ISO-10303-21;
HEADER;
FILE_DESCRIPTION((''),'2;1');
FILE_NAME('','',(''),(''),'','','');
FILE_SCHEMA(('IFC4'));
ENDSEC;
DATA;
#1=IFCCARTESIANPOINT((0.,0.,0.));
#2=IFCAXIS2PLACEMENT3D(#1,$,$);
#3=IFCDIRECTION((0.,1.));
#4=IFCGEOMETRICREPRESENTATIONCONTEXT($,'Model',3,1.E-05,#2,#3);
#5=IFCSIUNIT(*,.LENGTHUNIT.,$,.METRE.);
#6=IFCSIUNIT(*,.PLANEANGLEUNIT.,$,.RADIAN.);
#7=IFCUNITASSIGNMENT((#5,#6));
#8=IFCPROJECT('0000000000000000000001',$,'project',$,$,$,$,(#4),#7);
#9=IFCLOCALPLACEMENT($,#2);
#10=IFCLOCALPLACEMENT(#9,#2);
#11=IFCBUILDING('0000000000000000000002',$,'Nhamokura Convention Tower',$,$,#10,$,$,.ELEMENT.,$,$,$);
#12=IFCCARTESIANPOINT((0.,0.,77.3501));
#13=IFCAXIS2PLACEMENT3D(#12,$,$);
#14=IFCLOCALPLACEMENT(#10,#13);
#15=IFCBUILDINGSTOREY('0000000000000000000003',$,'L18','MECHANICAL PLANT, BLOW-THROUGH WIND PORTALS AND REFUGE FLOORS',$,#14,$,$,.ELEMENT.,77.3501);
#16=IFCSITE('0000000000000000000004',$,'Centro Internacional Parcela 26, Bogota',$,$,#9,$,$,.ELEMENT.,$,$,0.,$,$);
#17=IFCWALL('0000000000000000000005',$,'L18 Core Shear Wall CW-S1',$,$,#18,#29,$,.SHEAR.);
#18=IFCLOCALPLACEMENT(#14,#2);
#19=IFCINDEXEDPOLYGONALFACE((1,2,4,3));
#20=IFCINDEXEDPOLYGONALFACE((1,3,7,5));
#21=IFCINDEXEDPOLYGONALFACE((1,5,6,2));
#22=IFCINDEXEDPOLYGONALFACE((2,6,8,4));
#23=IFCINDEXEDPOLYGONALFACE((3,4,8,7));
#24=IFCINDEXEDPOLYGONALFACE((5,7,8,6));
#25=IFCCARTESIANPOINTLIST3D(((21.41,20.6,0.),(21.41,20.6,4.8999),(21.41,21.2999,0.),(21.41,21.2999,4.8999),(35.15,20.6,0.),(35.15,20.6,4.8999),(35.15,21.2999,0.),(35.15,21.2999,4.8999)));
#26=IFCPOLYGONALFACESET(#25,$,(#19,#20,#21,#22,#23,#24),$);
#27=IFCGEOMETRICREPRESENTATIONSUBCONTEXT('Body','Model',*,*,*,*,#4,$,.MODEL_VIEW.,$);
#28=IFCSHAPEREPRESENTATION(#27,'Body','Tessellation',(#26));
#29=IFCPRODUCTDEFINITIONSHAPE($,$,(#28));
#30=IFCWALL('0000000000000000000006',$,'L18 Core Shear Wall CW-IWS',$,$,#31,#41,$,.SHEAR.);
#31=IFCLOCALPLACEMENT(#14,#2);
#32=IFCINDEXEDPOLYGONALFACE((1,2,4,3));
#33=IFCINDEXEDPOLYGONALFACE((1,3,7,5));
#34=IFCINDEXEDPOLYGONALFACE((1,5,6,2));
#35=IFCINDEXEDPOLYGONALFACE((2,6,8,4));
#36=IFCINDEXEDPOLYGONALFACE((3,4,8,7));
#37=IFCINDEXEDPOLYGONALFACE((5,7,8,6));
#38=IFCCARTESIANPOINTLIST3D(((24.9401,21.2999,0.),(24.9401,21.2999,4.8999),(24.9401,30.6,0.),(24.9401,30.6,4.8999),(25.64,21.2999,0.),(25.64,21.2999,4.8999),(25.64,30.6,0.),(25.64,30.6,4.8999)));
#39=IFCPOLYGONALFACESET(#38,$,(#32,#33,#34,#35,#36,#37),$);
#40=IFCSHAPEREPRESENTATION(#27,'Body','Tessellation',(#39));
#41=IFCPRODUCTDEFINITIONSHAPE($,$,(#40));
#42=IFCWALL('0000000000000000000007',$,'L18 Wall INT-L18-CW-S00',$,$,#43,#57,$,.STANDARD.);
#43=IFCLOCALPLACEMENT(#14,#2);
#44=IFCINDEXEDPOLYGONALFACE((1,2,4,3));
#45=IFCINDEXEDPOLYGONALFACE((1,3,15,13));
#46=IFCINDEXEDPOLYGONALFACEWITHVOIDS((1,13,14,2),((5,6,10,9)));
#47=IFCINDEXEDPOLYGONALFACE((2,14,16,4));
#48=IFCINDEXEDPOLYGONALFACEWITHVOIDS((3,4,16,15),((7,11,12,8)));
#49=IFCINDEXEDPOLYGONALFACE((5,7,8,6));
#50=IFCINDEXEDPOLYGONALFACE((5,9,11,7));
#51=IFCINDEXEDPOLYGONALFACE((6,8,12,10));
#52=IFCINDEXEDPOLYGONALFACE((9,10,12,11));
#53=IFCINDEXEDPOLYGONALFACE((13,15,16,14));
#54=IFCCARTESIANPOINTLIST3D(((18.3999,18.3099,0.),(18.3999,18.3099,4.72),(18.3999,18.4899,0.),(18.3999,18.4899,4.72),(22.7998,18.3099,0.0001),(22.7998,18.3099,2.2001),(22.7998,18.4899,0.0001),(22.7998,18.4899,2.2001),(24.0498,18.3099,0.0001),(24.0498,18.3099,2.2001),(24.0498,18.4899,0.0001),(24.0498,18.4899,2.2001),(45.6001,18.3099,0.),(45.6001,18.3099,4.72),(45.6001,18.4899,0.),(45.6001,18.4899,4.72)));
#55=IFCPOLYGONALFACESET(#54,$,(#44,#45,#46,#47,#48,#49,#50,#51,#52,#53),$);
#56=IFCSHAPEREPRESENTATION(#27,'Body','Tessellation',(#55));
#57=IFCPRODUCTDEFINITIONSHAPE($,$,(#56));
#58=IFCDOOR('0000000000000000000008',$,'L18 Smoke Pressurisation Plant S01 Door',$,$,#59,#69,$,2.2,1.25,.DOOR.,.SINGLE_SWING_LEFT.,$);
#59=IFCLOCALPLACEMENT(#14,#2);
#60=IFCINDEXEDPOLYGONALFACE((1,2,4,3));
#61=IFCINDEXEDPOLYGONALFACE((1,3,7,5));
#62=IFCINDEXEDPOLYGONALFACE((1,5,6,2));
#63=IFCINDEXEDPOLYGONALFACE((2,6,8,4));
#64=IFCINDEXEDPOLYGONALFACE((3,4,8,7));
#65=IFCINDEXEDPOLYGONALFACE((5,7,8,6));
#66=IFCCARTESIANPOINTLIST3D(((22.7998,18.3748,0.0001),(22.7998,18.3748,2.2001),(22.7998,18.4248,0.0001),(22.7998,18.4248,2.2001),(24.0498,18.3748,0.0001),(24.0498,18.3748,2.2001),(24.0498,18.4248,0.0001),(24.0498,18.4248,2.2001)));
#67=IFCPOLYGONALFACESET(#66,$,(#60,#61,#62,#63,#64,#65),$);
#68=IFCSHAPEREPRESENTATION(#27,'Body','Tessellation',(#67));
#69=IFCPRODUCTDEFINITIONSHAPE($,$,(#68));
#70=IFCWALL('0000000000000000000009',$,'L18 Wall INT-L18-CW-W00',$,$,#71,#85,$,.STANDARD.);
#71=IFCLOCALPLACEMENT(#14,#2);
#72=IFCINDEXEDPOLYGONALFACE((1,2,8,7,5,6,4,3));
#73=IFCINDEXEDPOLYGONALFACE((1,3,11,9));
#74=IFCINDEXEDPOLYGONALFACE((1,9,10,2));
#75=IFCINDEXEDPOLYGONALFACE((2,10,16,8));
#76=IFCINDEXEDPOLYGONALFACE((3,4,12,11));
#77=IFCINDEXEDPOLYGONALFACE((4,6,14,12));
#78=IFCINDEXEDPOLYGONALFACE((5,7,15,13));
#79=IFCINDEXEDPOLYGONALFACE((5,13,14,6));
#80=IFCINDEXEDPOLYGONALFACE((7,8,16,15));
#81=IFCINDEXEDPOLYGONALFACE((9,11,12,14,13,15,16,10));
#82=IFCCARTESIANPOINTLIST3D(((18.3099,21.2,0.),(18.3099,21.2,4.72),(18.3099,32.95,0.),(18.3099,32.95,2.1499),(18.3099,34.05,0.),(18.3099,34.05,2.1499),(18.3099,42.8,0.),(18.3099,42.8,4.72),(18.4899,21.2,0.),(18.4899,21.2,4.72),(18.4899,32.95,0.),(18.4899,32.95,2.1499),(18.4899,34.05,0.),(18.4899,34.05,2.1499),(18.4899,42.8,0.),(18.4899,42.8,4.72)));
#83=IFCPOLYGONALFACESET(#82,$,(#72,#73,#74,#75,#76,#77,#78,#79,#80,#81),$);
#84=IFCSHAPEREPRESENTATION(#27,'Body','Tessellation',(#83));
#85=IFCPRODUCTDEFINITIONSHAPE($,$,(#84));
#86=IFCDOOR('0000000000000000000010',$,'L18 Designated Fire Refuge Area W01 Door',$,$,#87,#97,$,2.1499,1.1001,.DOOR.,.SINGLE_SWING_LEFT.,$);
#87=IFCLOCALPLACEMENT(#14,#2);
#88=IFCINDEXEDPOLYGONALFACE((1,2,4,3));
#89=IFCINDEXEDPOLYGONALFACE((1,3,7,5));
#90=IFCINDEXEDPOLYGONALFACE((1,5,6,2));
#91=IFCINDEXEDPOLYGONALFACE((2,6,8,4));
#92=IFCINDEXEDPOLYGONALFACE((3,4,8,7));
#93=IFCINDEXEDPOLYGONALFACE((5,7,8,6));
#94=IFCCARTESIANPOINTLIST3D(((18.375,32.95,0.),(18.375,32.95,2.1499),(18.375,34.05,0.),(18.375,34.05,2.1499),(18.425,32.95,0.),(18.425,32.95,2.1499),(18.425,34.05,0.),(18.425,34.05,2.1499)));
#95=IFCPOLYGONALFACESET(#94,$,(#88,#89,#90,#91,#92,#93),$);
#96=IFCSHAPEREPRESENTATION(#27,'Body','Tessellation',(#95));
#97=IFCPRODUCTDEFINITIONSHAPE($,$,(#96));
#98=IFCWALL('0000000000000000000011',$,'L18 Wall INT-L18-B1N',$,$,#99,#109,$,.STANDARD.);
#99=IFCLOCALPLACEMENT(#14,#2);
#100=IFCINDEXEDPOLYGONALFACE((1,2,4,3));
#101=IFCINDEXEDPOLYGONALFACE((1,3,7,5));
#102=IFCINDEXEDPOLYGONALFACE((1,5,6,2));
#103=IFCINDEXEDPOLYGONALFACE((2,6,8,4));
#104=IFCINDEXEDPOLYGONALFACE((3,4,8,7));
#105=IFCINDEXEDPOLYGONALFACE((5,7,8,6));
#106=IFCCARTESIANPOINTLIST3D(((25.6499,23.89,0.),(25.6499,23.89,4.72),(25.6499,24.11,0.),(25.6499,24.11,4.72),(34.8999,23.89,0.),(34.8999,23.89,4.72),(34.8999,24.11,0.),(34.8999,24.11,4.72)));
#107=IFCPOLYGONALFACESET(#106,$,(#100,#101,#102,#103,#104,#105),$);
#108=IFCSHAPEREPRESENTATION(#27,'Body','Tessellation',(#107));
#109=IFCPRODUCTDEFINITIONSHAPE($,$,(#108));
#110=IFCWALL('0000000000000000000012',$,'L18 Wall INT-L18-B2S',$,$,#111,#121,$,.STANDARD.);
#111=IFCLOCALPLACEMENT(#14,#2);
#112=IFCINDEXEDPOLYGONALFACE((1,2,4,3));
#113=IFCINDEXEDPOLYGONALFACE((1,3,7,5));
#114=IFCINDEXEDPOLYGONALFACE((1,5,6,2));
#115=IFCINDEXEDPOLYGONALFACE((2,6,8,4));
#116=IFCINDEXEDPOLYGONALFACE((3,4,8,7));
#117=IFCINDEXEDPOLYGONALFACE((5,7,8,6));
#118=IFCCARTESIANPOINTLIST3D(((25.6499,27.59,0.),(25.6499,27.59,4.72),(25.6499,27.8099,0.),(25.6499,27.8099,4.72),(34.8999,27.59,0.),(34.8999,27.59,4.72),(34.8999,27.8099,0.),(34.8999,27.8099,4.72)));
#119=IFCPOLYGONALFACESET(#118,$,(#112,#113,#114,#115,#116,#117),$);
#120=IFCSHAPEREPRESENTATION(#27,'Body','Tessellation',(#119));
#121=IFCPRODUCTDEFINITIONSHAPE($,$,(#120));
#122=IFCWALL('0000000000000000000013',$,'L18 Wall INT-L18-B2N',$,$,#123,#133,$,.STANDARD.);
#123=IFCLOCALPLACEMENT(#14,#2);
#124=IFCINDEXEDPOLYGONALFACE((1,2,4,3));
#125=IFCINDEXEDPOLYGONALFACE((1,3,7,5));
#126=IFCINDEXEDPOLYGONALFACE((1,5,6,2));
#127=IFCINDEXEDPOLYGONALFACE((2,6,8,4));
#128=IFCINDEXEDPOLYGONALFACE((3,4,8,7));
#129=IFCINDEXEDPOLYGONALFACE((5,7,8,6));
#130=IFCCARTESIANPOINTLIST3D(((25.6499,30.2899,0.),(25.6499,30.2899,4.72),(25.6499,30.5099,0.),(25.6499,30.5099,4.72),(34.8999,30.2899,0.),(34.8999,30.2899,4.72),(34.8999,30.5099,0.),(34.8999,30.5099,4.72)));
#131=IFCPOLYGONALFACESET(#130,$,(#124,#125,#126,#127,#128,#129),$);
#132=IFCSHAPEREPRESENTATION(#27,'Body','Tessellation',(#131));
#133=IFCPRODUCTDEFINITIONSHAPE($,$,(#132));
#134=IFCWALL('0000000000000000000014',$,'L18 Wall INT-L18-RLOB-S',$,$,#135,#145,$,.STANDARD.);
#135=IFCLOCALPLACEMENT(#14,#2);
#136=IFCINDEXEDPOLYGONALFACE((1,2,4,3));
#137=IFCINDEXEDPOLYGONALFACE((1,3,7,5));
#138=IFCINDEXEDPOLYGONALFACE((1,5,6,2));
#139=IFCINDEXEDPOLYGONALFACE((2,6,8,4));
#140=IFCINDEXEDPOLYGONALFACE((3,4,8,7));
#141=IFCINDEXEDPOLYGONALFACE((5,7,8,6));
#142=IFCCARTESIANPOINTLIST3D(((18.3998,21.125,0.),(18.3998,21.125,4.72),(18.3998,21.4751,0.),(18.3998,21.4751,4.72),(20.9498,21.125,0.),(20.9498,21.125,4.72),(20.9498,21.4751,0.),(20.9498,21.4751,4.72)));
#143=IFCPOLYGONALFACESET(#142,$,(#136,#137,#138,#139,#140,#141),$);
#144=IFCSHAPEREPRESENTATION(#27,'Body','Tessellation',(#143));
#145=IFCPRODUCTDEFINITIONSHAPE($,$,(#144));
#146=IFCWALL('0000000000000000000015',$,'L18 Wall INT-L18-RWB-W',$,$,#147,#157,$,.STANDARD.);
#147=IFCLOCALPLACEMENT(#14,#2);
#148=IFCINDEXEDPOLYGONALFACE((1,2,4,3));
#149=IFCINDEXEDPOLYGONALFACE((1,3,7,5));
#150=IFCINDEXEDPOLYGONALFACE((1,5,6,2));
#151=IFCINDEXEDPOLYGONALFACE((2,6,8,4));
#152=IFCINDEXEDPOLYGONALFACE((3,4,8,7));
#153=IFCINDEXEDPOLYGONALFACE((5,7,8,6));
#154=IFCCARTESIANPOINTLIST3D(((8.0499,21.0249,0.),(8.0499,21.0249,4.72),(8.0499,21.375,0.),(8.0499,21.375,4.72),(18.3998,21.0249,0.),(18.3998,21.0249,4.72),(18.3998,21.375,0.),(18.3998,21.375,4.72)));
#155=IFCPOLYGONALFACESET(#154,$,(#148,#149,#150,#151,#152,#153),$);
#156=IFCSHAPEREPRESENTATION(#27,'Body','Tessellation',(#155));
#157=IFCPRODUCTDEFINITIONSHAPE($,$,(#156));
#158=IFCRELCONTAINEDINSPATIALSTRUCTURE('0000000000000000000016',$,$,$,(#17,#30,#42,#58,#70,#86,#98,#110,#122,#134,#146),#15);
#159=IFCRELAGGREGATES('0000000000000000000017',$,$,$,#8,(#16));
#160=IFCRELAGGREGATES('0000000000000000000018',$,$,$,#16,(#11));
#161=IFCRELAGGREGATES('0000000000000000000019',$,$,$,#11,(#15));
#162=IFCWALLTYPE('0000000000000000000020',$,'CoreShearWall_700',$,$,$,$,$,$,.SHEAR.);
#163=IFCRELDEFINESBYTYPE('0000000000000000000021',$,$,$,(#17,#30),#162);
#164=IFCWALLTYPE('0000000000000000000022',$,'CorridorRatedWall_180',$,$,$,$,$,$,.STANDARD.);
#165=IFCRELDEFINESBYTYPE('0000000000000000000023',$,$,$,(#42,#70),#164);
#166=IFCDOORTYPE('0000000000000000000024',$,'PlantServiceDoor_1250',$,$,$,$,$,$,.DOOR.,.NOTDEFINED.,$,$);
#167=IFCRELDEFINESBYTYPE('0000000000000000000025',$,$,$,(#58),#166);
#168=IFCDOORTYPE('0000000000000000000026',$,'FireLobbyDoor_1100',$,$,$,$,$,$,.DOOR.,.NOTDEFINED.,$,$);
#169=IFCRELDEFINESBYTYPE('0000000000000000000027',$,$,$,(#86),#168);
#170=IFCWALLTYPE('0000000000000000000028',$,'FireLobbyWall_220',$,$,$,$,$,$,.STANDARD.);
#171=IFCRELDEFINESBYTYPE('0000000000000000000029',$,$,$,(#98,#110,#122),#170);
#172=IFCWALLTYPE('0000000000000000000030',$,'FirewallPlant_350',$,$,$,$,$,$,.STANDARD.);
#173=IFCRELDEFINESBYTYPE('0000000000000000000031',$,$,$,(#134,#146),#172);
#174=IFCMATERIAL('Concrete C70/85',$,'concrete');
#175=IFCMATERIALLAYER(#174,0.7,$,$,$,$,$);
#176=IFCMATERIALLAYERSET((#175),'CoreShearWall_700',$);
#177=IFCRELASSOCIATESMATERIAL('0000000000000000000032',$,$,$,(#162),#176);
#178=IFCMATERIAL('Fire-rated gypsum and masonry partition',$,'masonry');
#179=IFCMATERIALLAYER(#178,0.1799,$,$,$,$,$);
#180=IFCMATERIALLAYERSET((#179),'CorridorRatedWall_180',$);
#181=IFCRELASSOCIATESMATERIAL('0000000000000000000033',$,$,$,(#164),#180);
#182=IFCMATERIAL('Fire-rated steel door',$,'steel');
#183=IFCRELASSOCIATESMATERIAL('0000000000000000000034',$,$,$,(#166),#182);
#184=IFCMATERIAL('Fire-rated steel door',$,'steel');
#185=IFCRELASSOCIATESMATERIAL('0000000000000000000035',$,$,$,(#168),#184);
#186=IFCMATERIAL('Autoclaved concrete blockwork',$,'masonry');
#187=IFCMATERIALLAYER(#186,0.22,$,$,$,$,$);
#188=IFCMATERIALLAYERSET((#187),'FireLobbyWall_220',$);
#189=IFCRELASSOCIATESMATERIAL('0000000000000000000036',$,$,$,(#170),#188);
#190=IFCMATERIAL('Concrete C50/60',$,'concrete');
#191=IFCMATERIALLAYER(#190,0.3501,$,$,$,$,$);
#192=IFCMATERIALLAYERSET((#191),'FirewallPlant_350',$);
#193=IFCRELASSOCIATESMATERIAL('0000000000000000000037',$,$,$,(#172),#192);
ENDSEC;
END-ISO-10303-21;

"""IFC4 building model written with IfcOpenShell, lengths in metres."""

from ifc_helpers import new_model, si_unit, direction, frame, frame_2d, origin, place, context, subcontext, project, spatial, rectangle, extrude, material, layer, layer_set, type_object, element, fill, save


model = new_model("IFC4")

# Units and contexts
model_context = context("Model", 3, precision=1e-05, world=origin(), true_north=direction((0.0, 1.0)))
body_context = subcontext(model_context, "Body", "Model", "MODEL_VIEW")
ifc_project = project(units=[si_unit("LENGTHUNIT", "METRE"), si_unit("PLANEANGLEUNIT", "RADIAN")], contexts=[model_context])

# Site, building, storey
site_placement = place(None, origin())
site = spatial("IfcSite", under=ifc_project, at=site_placement, Name="Centro Internacional Parcela 26, Bogota", CompositionType="ELEMENT", RefElevation=0.0)
building_placement = place(site_placement, origin())
building = spatial("IfcBuilding", under=site, at=building_placement, Name="Nhamokura Convention Tower", CompositionType="ELEMENT")
storey_placement = place(building_placement, frame((0.0, 0.0, 77.3501)))
storey = spatial("IfcBuildingStorey", under=building, at=storey_placement, Name="L18", Description="MECHANICAL PLANT, BLOW-THROUGH WIND PORTALS AND REFUGE FLOORS", CompositionType="ELEMENT", Elevation=77.3501)

# Shared definitions
ifc_material_1 = material(Name="Concrete C70/85", Category="concrete")
ifc_layer_1 = layer(ifc_material_1, 0.7)
ifc_layer_set_1 = layer_set([ifc_layer_1], Name="CoreShearWall_700")
wall_type_1 = type_object("IfcWallType", Name="CoreShearWall_700", PredefinedType="SHEAR", material=ifc_layer_set_1)

# Walls
wall_1_placement = place(storey_placement, frame((21.4099, 20.95, 0.0), z_axis=(0.0, 0.0, 1.0), x_axis=(1.0, 0.0, 0.0)))
element("IfcWall", 1, at=wall_1_placement, inside=storey, type_object=wall_type_1, Name="L18 Core Shear Wall CW-S1", PredefinedType="SHEAR", context=body_context, shape_type="SweptSolid", body=[
    extrude(rectangle(XDim=13.74, YDim=0.7, at=frame_2d((6.8701, 0.0))), origin(), (0.0, 0.0, 1.0), 4.8999),
])
wall_2_placement = place(storey_placement, frame((25.29, 21.3, 0.0), z_axis=(0.0, 0.0, 1.0), x_axis=(0.0, 1.0, 0.0)))
element("IfcWall", 2, at=wall_2_placement, inside=storey, type_object=wall_type_1, Name="L18 Core Shear Wall CW-IWS", PredefinedType="SHEAR", context=body_context, shape_type="SweptSolid", body=[
    extrude(rectangle(XDim=9.3, YDim=0.7, at=frame_2d((4.6499, 0.0))), origin(), (0.0, 0.0, 1.0), 4.8999),
])

# Walls, openings, doors
ifc_material_2 = material(Name="Fire-rated gypsum and masonry partition", Category="masonry")
ifc_layer_2 = layer(ifc_material_2, 0.1799)
ifc_layer_set_2 = layer_set([ifc_layer_2], Name="CorridorRatedWall_180")
wall_type_2 = type_object("IfcWallType", Name="CorridorRatedWall_180", PredefinedType="STANDARD", material=ifc_layer_set_2)
wall_3_placement = place(storey_placement, frame((18.3999, 18.3999, 0.0), z_axis=(0.0, 0.0, 1.0), x_axis=(1.0, 0.0, 0.0)))
wall_3 = element("IfcWall", 3, at=wall_3_placement, inside=storey, type_object=wall_type_2, Name="L18 Wall INT-L18-CW-S00", PredefinedType="STANDARD", context=body_context, shape_type="SweptSolid", body=[
    extrude(rectangle(XDim=27.2002, YDim=0.1799, at=frame_2d((13.6001, 0.0))), origin(), (0.0, 0.0, 1.0), 4.72),
])
opening_1_placement = place(wall_3_placement, frame((4.3999, 0.0, 0.0)))
opening_1 = element("IfcOpeningElement", 4, at=opening_1_placement, cuts=wall_3, PredefinedType="OPENING", context=body_context, shape_type="SweptSolid", body=[
    extrude(rectangle(XDim=1.25, YDim=2.2, at=frame_2d((0.625, 1.1001))), frame((0.0, 0.0999, 0.0), z_axis=(0.0, -1.0, 0.0), x_axis=(1.0, 0.0, 0.0)), (0.0, 0.0, 1.0), 0.2),
])
ifc_material_3 = material(Name="Fire-rated steel door", Category="steel")
door_type_1 = type_object("IfcDoorType", Name="PlantServiceDoor_1250", OperationType="NOTDEFINED", PredefinedType="DOOR", material=ifc_material_3)
door_1_placement = place(opening_1_placement, origin())
door_1 = element("IfcDoor", 5, at=door_1_placement, inside=storey, type_object=door_type_1, Name="L18 Smoke Pressurisation Plant S01 Door", OperationType="SINGLE_SWING_LEFT", OverallHeight=2.2, OverallWidth=1.25, PredefinedType="DOOR", context=body_context, shape_type="SweptSolid", body=[
    extrude(rectangle(XDim=1.25, YDim=2.2, at=frame_2d((0.625, 1.1001))), frame((0.0, 0.0249, 0.0), z_axis=(0.0, -1.0, 0.0), x_axis=(1.0, 0.0, 0.0)), (0.0, 0.0, 1.0), 0.05),
])
fill(opening_1, door_1)
wall_4_placement = place(storey_placement, frame((18.3999, 21.2, 0.0), z_axis=(0.0, 0.0, 1.0), x_axis=(0.0, 1.0, 0.0)))
wall_4 = element("IfcWall", 6, at=wall_4_placement, inside=storey, type_object=wall_type_2, Name="L18 Wall INT-L18-CW-W00", PredefinedType="STANDARD", context=body_context, shape_type="SweptSolid", body=[
    extrude(rectangle(XDim=21.6001, YDim=0.1799, at=frame_2d((10.8, 0.0))), origin(), (0.0, 0.0, 1.0), 4.72),
])
opening_2_placement = place(wall_4_placement, frame((11.75, 0.0, 0.0)))
opening_2 = element("IfcOpeningElement", 7, at=opening_2_placement, cuts=wall_4, PredefinedType="OPENING", context=body_context, shape_type="SweptSolid", body=[
    extrude(rectangle(XDim=1.1001, YDim=2.1499, at=frame_2d((0.55, 1.075))), frame((0.0, 0.0999, 0.0), z_axis=(0.0, -1.0, 0.0), x_axis=(1.0, 0.0, 0.0)), (0.0, 0.0, 1.0), 0.2),
])
ifc_material_4 = material(Name="Fire-rated steel door", Category="steel")
door_type_2 = type_object("IfcDoorType", Name="FireLobbyDoor_1100", OperationType="NOTDEFINED", PredefinedType="DOOR", material=ifc_material_4)
door_2_placement = place(opening_2_placement, origin())
door_2 = element("IfcDoor", 8, at=door_2_placement, inside=storey, type_object=door_type_2, Name="L18 Designated Fire Refuge Area W01 Door", OperationType="SINGLE_SWING_LEFT", OverallHeight=2.1499, OverallWidth=1.1001, PredefinedType="DOOR", context=body_context, shape_type="SweptSolid", body=[
    extrude(rectangle(XDim=1.1001, YDim=2.1499, at=frame_2d((0.55, 1.075))), frame((0.0, 0.0249, 0.0), z_axis=(0.0, -1.0, 0.0), x_axis=(1.0, 0.0, 0.0)), (0.0, 0.0, 1.0), 0.05),
])
fill(opening_2, door_2)

# Walls
ifc_material_5 = material(Name="Autoclaved concrete blockwork", Category="masonry")
ifc_layer_3 = layer(ifc_material_5, 0.22)
ifc_layer_set_3 = layer_set([ifc_layer_3], Name="FireLobbyWall_220")
wall_type_3 = type_object("IfcWallType", Name="FireLobbyWall_220", PredefinedType="STANDARD", material=ifc_layer_set_3)
for number, where, z_axis, x_axis, name in (
    (9, (25.6499, 24.0, 0.0), (0.0, 0.0, 1.0), (1.0, 0.0, 0.0), "L18 Wall INT-L18-B1N"),
    (10, (25.6499, 27.7, 0.0), (0.0, 0.0, 1.0), (1.0, 0.0, 0.0), "L18 Wall INT-L18-B2S"),
    (11, (25.6499, 30.3999, 0.0), (0.0, 0.0, 1.0), (1.0, 0.0, 0.0), "L18 Wall INT-L18-B2N"),
):
    element("IfcWall", number, at=place(storey_placement, frame(where, z_axis=z_axis, x_axis=x_axis)), inside=storey, type_object=wall_type_3, Name=name, PredefinedType="STANDARD", context=body_context, shape_type="SweptSolid", body=[
        extrude(rectangle(XDim=9.25, YDim=0.22, at=frame_2d((4.625, 0.0))), origin(), (0.0, 0.0, 1.0), 4.72),
    ])
ifc_material_6 = material(Name="Concrete C50/60", Category="concrete")
ifc_layer_4 = layer(ifc_material_6, 0.3501)
ifc_layer_set_4 = layer_set([ifc_layer_4], Name="FirewallPlant_350")
wall_type_4 = type_object("IfcWallType", Name="FirewallPlant_350", PredefinedType="STANDARD", material=ifc_layer_set_4)
wall_5_placement = place(storey_placement, frame((18.3999, 21.3, 0.0), z_axis=(0.0, 0.0, 1.0), x_axis=(1.0, 0.0, 0.0)))
element("IfcWall", 12, at=wall_5_placement, inside=storey, type_object=wall_type_4, Name="L18 Wall INT-L18-RLOB-S", PredefinedType="STANDARD", context=body_context, shape_type="SweptSolid", body=[
    extrude(rectangle(XDim=2.55, YDim=0.3501, at=frame_2d((1.2749, 0.0))), origin(), (0.0, 0.0, 1.0), 4.72),
])
wall_6_placement = place(storey_placement, frame((8.05, 21.2, 0.0), z_axis=(0.0, 0.0, 1.0), x_axis=(1.0, 0.0, 0.0)))
element("IfcWall", 13, at=wall_6_placement, inside=storey, type_object=wall_type_4, Name="L18 Wall INT-L18-RWB-W", PredefinedType="STANDARD", context=body_context, shape_type="SweptSolid", body=[
    extrude(rectangle(XDim=10.3499, YDim=0.3501, at=frame_2d((5.1748, 0.0))), origin(), (0.0, 0.0, 1.0), 4.72),
])

save(model, "model.ifc")
